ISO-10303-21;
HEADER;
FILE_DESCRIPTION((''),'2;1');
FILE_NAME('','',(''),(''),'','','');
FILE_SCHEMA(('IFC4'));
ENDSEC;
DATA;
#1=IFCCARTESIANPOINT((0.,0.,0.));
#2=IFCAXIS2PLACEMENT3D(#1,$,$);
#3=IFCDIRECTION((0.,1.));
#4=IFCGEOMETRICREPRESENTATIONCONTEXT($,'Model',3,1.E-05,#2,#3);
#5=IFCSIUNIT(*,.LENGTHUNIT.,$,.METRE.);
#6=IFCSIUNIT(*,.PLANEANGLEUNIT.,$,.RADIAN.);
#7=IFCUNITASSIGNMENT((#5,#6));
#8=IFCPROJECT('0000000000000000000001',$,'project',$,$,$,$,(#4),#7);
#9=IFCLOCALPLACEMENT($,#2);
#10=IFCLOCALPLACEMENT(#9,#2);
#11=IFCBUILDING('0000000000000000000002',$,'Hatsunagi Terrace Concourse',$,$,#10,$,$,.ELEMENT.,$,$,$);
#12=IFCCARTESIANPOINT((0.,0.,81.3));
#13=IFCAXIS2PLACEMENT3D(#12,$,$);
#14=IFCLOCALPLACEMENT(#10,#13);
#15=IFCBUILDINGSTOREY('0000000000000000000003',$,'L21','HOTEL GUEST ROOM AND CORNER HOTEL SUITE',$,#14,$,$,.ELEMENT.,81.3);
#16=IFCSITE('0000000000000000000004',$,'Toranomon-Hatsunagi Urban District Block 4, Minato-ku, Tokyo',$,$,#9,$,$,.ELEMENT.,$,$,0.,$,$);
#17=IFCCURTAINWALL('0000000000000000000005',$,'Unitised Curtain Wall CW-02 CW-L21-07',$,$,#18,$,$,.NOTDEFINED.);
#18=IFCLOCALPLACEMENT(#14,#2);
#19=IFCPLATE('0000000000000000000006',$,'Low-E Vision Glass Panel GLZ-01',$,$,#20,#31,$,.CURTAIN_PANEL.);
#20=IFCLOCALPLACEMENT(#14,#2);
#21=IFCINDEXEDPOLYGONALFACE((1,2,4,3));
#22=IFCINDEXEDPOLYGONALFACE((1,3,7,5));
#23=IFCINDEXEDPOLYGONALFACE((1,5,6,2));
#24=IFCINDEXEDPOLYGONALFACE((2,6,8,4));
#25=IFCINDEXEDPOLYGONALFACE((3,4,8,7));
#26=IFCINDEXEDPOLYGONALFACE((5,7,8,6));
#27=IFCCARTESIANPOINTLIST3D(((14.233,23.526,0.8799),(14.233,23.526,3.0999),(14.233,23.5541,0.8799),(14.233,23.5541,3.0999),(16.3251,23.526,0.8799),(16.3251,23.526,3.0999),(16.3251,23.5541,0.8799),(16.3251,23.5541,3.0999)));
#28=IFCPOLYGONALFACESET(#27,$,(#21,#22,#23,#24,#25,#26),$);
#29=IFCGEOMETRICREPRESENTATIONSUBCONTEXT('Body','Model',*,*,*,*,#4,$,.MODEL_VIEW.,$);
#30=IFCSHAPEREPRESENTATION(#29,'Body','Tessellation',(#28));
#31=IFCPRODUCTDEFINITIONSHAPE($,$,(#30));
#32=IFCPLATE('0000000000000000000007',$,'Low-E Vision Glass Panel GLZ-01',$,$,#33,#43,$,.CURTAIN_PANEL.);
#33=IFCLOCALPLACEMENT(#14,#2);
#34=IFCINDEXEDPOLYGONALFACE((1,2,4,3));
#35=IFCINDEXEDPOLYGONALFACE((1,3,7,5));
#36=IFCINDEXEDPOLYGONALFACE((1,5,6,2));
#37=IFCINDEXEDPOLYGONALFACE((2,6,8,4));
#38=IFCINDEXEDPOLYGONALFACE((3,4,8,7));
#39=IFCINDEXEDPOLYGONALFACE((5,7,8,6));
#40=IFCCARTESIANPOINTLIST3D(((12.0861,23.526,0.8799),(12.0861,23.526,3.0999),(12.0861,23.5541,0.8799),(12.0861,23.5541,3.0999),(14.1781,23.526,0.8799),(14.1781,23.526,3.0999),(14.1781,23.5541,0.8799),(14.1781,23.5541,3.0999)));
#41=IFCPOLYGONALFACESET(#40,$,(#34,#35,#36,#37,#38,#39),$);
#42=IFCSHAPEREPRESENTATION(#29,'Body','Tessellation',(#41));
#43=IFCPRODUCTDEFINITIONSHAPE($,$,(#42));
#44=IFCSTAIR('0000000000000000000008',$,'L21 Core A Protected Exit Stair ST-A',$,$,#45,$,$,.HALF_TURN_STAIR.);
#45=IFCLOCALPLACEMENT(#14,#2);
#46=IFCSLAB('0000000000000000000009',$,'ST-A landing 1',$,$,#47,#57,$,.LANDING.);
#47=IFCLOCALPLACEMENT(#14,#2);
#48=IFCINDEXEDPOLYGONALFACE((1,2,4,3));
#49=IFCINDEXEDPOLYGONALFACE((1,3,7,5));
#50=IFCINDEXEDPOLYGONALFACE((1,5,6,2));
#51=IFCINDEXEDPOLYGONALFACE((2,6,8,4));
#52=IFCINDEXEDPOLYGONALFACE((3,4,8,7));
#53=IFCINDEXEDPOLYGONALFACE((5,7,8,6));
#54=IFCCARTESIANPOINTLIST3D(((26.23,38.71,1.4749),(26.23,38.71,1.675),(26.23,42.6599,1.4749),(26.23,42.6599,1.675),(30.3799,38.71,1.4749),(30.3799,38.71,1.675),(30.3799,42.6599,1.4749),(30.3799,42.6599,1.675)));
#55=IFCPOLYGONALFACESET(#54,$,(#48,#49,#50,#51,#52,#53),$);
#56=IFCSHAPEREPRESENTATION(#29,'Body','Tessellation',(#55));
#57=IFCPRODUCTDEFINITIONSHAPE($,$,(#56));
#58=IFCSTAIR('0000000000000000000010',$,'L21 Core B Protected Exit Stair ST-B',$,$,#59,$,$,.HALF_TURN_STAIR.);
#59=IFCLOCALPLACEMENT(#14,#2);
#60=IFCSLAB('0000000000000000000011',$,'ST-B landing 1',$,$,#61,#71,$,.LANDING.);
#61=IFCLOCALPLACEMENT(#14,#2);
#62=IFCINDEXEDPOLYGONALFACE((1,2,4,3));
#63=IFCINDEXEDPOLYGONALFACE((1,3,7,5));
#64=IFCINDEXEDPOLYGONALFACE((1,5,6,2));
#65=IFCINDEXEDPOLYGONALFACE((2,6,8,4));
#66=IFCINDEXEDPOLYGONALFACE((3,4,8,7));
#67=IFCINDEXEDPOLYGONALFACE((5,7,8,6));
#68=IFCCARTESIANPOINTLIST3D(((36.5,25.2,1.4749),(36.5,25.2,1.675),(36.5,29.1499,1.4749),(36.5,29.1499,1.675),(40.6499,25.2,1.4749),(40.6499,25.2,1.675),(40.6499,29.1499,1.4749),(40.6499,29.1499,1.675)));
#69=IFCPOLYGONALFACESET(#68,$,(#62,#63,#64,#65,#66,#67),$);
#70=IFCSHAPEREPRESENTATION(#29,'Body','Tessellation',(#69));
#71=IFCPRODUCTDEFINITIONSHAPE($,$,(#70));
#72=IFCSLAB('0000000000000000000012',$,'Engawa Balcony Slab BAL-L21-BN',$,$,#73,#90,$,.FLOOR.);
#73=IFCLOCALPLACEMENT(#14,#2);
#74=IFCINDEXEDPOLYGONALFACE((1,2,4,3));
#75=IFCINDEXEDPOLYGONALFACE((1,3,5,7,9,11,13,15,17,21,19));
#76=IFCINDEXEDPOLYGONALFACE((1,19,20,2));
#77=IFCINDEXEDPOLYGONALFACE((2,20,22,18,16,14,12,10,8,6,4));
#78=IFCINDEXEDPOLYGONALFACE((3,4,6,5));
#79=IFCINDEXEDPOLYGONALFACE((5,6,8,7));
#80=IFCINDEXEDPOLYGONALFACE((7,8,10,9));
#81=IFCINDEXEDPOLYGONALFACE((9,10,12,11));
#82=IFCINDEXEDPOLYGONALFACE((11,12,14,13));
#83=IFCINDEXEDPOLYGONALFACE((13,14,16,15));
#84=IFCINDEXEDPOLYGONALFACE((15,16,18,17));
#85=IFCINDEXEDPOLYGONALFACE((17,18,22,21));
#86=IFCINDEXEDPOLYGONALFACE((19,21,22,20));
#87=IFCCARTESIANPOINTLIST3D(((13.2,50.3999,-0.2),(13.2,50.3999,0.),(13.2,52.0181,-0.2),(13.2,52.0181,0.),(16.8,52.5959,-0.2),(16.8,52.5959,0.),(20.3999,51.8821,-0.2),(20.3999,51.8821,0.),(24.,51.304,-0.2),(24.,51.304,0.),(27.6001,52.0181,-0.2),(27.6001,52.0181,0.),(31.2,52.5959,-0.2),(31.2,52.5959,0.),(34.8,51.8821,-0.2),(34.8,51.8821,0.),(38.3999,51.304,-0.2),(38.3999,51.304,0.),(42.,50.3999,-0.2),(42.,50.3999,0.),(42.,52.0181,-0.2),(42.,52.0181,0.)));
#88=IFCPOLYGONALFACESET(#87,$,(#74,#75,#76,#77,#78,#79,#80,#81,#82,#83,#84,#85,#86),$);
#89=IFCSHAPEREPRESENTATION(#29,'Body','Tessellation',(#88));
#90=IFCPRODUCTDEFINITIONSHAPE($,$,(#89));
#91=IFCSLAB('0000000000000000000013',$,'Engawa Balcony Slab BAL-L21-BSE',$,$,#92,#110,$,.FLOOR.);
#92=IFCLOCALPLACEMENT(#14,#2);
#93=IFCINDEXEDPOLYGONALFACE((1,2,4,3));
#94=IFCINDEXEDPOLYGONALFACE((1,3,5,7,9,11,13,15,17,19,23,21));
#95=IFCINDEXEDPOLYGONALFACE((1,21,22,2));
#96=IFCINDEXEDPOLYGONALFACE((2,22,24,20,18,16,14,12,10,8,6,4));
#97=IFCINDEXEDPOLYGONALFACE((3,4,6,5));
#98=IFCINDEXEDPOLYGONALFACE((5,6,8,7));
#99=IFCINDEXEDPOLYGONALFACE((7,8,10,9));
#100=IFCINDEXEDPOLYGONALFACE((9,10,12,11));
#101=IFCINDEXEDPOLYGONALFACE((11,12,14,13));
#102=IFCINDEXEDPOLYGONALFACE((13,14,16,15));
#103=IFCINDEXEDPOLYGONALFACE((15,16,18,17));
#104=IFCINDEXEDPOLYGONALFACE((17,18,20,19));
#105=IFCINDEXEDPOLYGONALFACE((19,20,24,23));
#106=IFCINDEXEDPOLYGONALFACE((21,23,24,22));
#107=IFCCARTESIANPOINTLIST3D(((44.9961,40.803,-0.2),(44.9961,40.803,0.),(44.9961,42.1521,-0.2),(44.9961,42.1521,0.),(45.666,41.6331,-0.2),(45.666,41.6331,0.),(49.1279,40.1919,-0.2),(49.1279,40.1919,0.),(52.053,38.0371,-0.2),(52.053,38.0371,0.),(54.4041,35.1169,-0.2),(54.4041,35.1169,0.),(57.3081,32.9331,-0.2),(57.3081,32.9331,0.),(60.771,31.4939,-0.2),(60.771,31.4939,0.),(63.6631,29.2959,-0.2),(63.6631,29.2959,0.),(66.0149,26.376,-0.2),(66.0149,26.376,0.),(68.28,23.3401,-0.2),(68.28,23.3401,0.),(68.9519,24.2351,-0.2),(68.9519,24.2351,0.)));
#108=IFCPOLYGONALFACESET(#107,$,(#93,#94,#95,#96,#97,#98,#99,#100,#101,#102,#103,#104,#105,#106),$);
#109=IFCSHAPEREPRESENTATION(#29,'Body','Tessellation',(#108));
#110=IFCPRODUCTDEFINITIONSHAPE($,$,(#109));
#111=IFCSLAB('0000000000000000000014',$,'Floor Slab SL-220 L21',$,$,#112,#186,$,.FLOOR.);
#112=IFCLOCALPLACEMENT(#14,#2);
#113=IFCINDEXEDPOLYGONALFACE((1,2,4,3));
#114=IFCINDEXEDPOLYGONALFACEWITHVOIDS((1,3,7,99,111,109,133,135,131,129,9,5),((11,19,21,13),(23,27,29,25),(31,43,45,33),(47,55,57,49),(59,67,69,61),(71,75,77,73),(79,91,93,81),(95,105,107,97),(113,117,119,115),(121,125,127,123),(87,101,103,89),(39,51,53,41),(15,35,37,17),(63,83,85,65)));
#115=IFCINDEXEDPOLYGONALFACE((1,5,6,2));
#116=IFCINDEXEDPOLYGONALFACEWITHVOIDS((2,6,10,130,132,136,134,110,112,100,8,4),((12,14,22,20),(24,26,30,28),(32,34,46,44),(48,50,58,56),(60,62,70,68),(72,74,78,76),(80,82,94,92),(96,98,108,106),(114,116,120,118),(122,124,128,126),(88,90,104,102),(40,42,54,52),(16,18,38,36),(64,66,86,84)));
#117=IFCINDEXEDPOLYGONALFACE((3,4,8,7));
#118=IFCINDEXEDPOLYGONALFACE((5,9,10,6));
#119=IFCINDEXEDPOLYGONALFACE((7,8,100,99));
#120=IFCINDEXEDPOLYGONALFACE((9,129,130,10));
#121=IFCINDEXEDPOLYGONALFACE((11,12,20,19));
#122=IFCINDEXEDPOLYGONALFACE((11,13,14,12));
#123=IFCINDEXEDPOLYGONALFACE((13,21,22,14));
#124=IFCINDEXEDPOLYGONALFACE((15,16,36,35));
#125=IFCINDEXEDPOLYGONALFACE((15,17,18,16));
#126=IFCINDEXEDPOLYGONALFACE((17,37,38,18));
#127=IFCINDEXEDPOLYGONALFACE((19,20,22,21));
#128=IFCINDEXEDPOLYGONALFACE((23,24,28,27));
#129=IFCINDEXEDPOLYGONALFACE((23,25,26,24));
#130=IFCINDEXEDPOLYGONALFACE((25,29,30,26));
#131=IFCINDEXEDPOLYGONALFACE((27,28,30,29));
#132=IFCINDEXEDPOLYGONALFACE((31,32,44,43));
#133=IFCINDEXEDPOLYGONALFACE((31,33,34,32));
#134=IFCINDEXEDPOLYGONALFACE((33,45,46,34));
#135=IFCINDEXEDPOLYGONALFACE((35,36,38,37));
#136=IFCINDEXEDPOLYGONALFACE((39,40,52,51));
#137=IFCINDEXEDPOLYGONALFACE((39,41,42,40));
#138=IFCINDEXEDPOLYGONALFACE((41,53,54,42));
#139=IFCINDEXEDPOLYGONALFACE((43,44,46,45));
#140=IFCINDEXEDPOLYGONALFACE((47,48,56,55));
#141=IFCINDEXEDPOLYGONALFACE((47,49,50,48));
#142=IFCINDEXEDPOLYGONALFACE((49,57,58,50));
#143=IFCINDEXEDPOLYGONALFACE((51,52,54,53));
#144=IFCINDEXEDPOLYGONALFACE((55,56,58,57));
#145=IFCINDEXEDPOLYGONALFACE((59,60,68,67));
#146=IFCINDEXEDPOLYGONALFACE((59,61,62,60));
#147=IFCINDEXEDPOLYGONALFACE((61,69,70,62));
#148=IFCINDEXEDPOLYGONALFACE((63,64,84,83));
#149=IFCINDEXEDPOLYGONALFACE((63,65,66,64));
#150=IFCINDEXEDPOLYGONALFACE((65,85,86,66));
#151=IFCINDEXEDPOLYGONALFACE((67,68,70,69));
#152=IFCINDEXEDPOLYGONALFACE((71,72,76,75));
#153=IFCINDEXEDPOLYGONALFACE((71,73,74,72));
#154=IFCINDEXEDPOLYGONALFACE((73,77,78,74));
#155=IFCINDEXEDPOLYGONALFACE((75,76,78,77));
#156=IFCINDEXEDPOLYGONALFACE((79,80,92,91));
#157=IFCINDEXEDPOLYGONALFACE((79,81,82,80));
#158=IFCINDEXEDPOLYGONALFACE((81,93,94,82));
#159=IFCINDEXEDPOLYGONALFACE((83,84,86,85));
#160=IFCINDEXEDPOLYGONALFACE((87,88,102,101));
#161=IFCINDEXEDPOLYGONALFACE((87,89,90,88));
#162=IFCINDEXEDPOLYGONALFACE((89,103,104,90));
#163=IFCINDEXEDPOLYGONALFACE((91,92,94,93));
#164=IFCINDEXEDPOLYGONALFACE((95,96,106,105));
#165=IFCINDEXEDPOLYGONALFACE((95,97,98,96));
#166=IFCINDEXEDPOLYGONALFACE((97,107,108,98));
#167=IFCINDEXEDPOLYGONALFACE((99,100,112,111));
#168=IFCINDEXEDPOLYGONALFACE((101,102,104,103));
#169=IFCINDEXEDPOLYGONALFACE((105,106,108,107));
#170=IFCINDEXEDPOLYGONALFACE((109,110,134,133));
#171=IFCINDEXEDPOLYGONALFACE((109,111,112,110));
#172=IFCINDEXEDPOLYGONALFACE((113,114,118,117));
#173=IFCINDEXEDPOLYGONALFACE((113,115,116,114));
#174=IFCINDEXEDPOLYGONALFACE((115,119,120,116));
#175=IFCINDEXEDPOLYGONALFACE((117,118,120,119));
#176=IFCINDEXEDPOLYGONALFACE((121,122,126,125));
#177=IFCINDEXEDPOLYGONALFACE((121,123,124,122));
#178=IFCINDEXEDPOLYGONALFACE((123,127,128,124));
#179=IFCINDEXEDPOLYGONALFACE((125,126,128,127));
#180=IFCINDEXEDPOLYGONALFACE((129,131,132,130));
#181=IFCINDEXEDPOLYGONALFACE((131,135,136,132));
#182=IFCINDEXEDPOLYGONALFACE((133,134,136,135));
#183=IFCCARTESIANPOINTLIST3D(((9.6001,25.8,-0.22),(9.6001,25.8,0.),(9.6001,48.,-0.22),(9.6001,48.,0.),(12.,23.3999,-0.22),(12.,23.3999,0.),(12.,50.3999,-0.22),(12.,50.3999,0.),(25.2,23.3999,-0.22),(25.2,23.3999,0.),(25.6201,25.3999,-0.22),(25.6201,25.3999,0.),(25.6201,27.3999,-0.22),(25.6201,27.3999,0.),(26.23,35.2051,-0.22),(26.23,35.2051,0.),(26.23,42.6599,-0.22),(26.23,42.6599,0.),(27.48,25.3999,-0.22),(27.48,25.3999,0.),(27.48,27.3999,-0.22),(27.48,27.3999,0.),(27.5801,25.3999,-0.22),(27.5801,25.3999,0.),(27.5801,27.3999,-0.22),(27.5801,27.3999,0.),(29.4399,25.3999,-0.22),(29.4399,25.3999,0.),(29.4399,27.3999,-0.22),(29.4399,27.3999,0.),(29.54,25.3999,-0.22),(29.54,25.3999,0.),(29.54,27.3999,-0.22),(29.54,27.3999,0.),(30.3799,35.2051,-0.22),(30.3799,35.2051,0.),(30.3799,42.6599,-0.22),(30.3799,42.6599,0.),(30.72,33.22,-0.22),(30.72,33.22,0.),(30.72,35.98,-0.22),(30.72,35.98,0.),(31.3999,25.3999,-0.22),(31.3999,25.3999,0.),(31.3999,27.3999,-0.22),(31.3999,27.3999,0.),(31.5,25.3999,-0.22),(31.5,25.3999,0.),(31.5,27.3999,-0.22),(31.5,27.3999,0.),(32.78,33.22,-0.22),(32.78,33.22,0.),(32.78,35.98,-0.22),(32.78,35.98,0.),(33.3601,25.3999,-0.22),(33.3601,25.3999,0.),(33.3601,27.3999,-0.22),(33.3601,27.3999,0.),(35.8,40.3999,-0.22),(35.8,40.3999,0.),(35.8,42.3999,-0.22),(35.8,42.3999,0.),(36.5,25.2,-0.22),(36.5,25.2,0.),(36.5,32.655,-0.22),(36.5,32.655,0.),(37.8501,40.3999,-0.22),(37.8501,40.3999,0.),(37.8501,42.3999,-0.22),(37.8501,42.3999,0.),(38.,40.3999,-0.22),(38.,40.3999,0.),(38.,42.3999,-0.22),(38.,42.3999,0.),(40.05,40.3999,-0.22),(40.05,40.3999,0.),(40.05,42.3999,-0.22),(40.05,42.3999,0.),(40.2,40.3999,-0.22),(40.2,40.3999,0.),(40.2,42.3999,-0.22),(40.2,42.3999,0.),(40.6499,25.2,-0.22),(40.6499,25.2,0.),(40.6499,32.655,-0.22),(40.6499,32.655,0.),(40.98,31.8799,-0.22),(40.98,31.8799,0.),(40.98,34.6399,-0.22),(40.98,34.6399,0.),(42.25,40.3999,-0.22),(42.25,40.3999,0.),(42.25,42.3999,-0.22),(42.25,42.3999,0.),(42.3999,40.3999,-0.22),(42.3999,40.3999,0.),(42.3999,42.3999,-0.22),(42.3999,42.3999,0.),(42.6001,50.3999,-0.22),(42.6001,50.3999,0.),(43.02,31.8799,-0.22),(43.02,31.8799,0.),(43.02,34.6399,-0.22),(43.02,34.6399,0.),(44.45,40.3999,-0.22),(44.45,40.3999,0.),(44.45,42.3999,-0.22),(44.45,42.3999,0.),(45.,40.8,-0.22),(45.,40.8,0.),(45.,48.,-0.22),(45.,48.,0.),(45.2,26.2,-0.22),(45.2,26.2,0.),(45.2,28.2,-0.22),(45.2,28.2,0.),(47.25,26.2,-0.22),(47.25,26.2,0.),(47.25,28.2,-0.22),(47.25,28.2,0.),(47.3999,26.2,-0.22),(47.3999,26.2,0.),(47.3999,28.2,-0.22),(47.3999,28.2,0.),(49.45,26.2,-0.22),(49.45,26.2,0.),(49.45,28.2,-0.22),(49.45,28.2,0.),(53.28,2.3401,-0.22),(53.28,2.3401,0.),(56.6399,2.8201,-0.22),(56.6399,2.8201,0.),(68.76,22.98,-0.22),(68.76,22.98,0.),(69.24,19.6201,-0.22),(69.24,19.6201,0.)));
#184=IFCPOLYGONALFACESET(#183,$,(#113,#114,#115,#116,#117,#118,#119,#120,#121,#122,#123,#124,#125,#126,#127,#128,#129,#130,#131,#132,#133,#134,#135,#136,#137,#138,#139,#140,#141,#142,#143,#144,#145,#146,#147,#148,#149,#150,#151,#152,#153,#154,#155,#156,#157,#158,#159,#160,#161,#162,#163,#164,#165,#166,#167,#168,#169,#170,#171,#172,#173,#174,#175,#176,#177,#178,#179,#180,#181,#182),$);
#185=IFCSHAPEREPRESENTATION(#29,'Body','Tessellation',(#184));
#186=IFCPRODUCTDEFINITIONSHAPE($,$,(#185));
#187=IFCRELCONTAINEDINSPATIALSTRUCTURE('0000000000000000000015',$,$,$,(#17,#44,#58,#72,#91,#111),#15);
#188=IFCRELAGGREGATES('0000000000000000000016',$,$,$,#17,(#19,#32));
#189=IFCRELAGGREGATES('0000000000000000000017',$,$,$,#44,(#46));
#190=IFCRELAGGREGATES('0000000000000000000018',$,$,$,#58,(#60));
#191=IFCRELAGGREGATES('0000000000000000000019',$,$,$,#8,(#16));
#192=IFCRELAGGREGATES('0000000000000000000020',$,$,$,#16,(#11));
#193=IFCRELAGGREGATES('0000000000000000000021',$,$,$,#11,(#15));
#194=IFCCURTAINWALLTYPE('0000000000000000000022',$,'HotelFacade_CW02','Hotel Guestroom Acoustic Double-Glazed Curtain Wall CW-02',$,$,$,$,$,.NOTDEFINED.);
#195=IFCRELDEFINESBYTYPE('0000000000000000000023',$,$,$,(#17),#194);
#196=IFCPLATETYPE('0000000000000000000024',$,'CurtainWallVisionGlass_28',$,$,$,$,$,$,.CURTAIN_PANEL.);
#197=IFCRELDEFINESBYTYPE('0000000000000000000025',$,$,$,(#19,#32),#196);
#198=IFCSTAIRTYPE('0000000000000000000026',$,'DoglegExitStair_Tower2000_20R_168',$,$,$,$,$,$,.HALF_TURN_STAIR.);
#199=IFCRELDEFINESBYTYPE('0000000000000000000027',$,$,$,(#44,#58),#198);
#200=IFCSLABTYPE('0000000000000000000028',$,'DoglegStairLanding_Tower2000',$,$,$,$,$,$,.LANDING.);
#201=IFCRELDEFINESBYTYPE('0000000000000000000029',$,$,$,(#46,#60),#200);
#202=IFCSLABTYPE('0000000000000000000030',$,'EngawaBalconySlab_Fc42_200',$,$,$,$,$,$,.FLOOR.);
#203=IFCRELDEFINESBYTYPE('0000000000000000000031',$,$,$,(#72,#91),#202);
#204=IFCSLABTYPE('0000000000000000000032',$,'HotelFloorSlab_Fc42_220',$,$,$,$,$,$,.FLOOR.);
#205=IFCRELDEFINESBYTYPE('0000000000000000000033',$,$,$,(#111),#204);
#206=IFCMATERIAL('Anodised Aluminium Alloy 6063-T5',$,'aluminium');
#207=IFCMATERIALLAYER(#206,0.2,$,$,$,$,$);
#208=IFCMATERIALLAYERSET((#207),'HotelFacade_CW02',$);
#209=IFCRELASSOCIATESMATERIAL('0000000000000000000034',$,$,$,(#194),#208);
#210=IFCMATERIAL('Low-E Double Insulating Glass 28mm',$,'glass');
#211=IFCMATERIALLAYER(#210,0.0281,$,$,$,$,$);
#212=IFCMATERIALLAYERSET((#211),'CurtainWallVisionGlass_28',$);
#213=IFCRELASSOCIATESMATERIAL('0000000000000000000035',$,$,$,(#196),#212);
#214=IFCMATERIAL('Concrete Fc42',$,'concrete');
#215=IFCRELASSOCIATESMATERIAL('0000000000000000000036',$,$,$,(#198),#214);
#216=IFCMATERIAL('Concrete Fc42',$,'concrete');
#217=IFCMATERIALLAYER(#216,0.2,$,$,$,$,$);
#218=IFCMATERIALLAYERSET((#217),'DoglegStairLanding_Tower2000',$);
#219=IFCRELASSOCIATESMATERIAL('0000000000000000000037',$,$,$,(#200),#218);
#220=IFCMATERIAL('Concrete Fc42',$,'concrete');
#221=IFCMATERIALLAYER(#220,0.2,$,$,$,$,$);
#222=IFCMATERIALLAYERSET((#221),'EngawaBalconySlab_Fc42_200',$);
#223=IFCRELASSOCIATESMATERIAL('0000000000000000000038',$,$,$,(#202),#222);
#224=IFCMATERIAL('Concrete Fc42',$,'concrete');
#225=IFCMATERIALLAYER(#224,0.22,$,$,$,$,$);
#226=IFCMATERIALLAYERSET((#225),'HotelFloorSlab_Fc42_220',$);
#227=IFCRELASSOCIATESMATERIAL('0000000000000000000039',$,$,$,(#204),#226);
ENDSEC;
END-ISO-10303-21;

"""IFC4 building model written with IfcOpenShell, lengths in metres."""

from ifc_helpers import new_model, si_unit, direction, frame, origin, origin_2d, place, context, subcontext, project, spatial, polyline, rectangle, outline, extrude, material, layer, layer_set, type_object, element, aggregate, save


model = new_model("IFC4")

# Units and contexts
model_context = context("Model", 3, precision=1e-05, world=origin(), true_north=direction((0.0, 1.0)))
body_context = subcontext(model_context, "Body", "Model", "MODEL_VIEW")
ifc_project = project(units=[si_unit("LENGTHUNIT", "METRE"), si_unit("PLANEANGLEUNIT", "RADIAN")], contexts=[model_context])

# Site, building, storey
site_placement = place(None, origin())
site = spatial("IfcSite", under=ifc_project, at=site_placement, Name="Toranomon-Hatsunagi Urban District Block 4, Minato-ku, Tokyo", CompositionType="ELEMENT", RefElevation=0.0)
building_placement = place(site_placement, origin())
building = spatial("IfcBuilding", under=site, at=building_placement, Name="Hatsunagi Terrace Concourse", CompositionType="ELEMENT")
storey_placement = place(building_placement, frame((0.0, 0.0, 81.3)))
storey = spatial("IfcBuildingStorey", under=building, at=storey_placement, Name="L21", Description="HOTEL GUEST ROOM AND CORNER HOTEL SUITE", CompositionType="ELEMENT", Elevation=81.3)

# Curtain wall
ifc_material_1 = material(Name="Anodised Aluminium Alloy 6063-T5", Category="aluminium")
ifc_layer_1 = layer(ifc_material_1, 0.2)
ifc_layer_set_1 = layer_set([ifc_layer_1], Name="HotelFacade_CW02")
curtain_wall_type = type_object("IfcCurtainWallType", Name="HotelFacade_CW02", Description="Hotel Guestroom Acoustic Double-Glazed Curtain Wall CW-02", PredefinedType="NOTDEFINED", material=ifc_layer_set_1)
curtain_wall_placement = place(storey_placement, origin())
curtain_wall = element("IfcCurtainWall", 1, at=curtain_wall_placement, inside=storey, type_object=curtain_wall_type, Name="Unitised Curtain Wall CW-02 CW-L21-07", PredefinedType="NOTDEFINED")

# Plates
ifc_material_2 = material(Name="Low-E Double Insulating Glass 28mm", Category="glass")
ifc_layer_2 = layer(ifc_material_2, 0.0281)
ifc_layer_set_2 = layer_set([ifc_layer_2], Name="CurtainWallVisionGlass_28")
plate_type_1 = type_object("IfcPlateType", Name="CurtainWallVisionGlass_28", PredefinedType="CURTAIN_PANEL", material=ifc_layer_set_2)
plate_1_placement = place(storey_placement, frame((15.2791, 23.54, 0.8799), z_axis=(0.0, 0.0, 1.0), x_axis=(-1.0, 0.0, 0.0)))
plate_1 = element("IfcPlate", 2, at=plate_1_placement, type_object=plate_type_1, Name="Low-E Vision Glass Panel GLZ-01", PredefinedType="CURTAIN_PANEL", context=body_context, shape_type="SweptSolid", body=[
    extrude(rectangle(XDim=2.092, YDim=0.0281, at=origin_2d()), origin(), (0.0, 0.0, 1.0), 2.22),
])
plate_2_placement = place(storey_placement, frame((13.1321, 23.54, 0.8799), z_axis=(0.0, 0.0, 1.0), x_axis=(-1.0, 0.0, 0.0)))
plate_2 = element("IfcPlate", 3, at=plate_2_placement, type_object=plate_type_1, Name="Low-E Vision Glass Panel GLZ-01", PredefinedType="CURTAIN_PANEL", context=body_context, shape_type="SweptSolid", body=[
    extrude(rectangle(XDim=2.092, YDim=0.0281, at=origin_2d()), origin(), (0.0, 0.0, 1.0), 2.22),
])
aggregate(curtain_wall, [plate_1, plate_2])

# Stairs, slabs
ifc_material_3 = material(Name="Concrete Fc42", Category="concrete")
stair_type = type_object("IfcStairType", Name="DoglegExitStair_Tower2000_20R_168", PredefinedType="HALF_TURN_STAIR", material=ifc_material_3)
stair_1_placement = place(storey_placement, origin())
stair_1 = element("IfcStair", 4, at=stair_1_placement, inside=storey, type_object=stair_type, Name="L21 Core A Protected Exit Stair ST-A", PredefinedType="HALF_TURN_STAIR")
ifc_material_4 = material(Name="Concrete Fc42", Category="concrete")
ifc_layer_3 = layer(ifc_material_4, 0.2)
ifc_layer_set_3 = layer_set([ifc_layer_3], Name="DoglegStairLanding_Tower2000")
slab_type_1 = type_object("IfcSlabType", Name="DoglegStairLanding_Tower2000", PredefinedType="LANDING", material=ifc_layer_set_3)
slab_1_placement = place(storey_placement, frame((0.0, 0.0, 1.4749)))
slab_1 = element("IfcSlab", 5, at=slab_1_placement, type_object=slab_type_1, Name="ST-A landing 1", PredefinedType="LANDING", context=body_context, shape_type="SweptSolid", body=[
    extrude(outline(polyline([(30.3799, 38.71), (30.3799, 42.6599), (26.23, 42.6599), (26.23, 38.71), (30.3799, 38.71)])), origin(), (0.0, 0.0, 1.0), 0.2002),
])
aggregate(stair_1, [slab_1])
stair_2_placement = place(storey_placement, origin())
stair_2 = element("IfcStair", 6, at=stair_2_placement, inside=storey, type_object=stair_type, Name="L21 Core B Protected Exit Stair ST-B", PredefinedType="HALF_TURN_STAIR")
slab_2_placement = place(storey_placement, frame((0.0, 0.0, 1.4749)))
slab_2 = element("IfcSlab", 7, at=slab_2_placement, type_object=slab_type_1, Name="ST-B landing 1", PredefinedType="LANDING", context=body_context, shape_type="SweptSolid", body=[
    extrude(outline(polyline([(36.5, 29.1499), (36.5, 25.2), (40.6499, 25.2), (40.6499, 29.1499), (36.5, 29.1499)])), origin(), (0.0, 0.0, 1.0), 0.2002),
])
aggregate(stair_2, [slab_2])

# Slabs
ifc_material_5 = material(Name="Concrete Fc42", Category="concrete")
ifc_layer_4 = layer(ifc_material_5, 0.2)
ifc_layer_set_4 = layer_set([ifc_layer_4], Name="EngawaBalconySlab_Fc42_200")
slab_type_2 = type_object("IfcSlabType", Name="EngawaBalconySlab_Fc42_200", PredefinedType="FLOOR", material=ifc_layer_set_4)
slab_3_placement = place(storey_placement, frame((0.0, 0.0, -0.2)))
element("IfcSlab", 8, at=slab_3_placement, inside=storey, type_object=slab_type_2, Name="Engawa Balcony Slab BAL-L21-BN", PredefinedType="FLOOR", context=body_context, shape_type="SweptSolid", body=[
    extrude(outline(polyline([(13.2, 52.0181), (13.2, 50.3999), (42.0, 50.3999), (42.0, 52.0181), (38.3999, 51.304), (34.8, 51.8821), (31.2, 52.5959), (27.6001, 52.0181), (24.0, 51.304), (20.3999, 51.8821), (16.8, 52.5959), (13.2, 52.0181)])), origin(), (0.0, 0.0, 1.0), 0.2),
])
slab_4_placement = place(storey_placement, frame((0.0, 0.0, -0.2)))
element("IfcSlab", 9, at=slab_4_placement, inside=storey, type_object=slab_type_2, Name="Engawa Balcony Slab BAL-L21-BSE", PredefinedType="FLOOR", context=body_context, shape_type="SweptSolid", body=[
    extrude(outline(polyline([(45.666, 41.6331), (44.9961, 42.1521), (44.9961, 40.803), (68.28, 23.3401), (68.9519, 24.2351), (66.0149, 26.376), (63.6631, 29.2959), (60.771, 31.4939), (57.3081, 32.9331), (54.4041, 35.1169), (52.053, 38.0371), (49.1279, 40.1919), (45.666, 41.6331)])), origin(), (0.0, 0.0, 1.0), 0.2),
])
ifc_material_6 = material(Name="Concrete Fc42", Category="concrete")
ifc_layer_5 = layer(ifc_material_6, 0.22)
ifc_layer_set_5 = layer_set([ifc_layer_5], Name="HotelFloorSlab_Fc42_220")
slab_type_3 = type_object("IfcSlabType", Name="HotelFloorSlab_Fc42_220", PredefinedType="FLOOR", material=ifc_layer_set_5)
slab_5_placement = place(storey_placement, frame((0.0, 0.0, -0.22)))
element("IfcSlab", 10, at=slab_5_placement, inside=storey, type_object=slab_type_3, Name="Floor Slab SL-220 L21", PredefinedType="FLOOR", context=body_context, shape_type="SweptSolid", body=[
    extrude(outline(polyline([(45.0, 40.8), (45.0, 48.0), (42.6001, 50.3999), (12.0, 50.3999), (9.6001, 48.0), (9.6001, 25.8), (12.0, 23.3999), (25.2, 23.3999), (53.28, 2.3401), (56.6399, 2.8201), (69.24, 19.6201), (68.76, 22.98), (45.0, 40.8)]), holes=[polyline([(26.23, 35.2051), (30.3799, 35.2051), (30.3799, 42.6599), (26.23, 42.6599), (26.23, 35.2051)]), polyline([(36.5, 25.2), (40.6499, 25.2), (40.6499, 32.655), (36.5, 32.655), (36.5, 25.2)]), polyline([(30.72, 33.22), (32.78, 33.22), (32.78, 35.98), (30.72, 35.98), (30.72, 33.22)]), polyline([(40.98, 31.8799), (43.02, 31.8799), (43.02, 34.6399), (40.98, 34.6399), (40.98, 31.8799)]), polyline([(25.6201, 25.3999), (27.48, 25.3999), (27.48, 27.3999), (25.6201, 27.3999), (25.6201, 25.3999)]), polyline([(27.5801, 25.3999), (29.4399, 25.3999), (29.4399, 27.3999), (27.5801, 27.3999), (27.5801, 25.3999)]), polyline([(29.54, 25.3999), (31.3999, 25.3999), (31.3999, 27.3999), (29.54, 27.3999), (29.54, 25.3999)]), polyline([(31.5, 25.3999), (33.3601, 25.3999), (33.3601, 27.3999), (31.5, 27.3999), (31.5, 25.3999)]), polyline([(35.8, 40.3999), (37.8501, 40.3999), (37.8501, 42.3999), (35.8, 42.3999), (35.8, 40.3999)]), polyline([(38.0, 40.3999), (40.05, 40.3999), (40.05, 42.3999), (38.0, 42.3999), (38.0, 40.3999)]), polyline([(40.2, 40.3999), (42.25, 40.3999), (42.25, 42.3999), (40.2, 42.3999), (40.2, 40.3999)]), polyline([(42.3999, 40.3999), (44.45, 40.3999), (44.45, 42.3999), (42.3999, 42.3999), (42.3999, 40.3999)]), polyline([(45.2, 26.2), (47.25, 26.2), (47.25, 28.2), (45.2, 28.2), (45.2, 26.2)]), polyline([(47.3999, 26.2), (49.45, 26.2), (49.45, 28.2), (47.3999, 28.2), (47.3999, 26.2)])]), origin(), (0.0, 0.0, 1.0), 0.22),
])

save(model, "model.ifc")
